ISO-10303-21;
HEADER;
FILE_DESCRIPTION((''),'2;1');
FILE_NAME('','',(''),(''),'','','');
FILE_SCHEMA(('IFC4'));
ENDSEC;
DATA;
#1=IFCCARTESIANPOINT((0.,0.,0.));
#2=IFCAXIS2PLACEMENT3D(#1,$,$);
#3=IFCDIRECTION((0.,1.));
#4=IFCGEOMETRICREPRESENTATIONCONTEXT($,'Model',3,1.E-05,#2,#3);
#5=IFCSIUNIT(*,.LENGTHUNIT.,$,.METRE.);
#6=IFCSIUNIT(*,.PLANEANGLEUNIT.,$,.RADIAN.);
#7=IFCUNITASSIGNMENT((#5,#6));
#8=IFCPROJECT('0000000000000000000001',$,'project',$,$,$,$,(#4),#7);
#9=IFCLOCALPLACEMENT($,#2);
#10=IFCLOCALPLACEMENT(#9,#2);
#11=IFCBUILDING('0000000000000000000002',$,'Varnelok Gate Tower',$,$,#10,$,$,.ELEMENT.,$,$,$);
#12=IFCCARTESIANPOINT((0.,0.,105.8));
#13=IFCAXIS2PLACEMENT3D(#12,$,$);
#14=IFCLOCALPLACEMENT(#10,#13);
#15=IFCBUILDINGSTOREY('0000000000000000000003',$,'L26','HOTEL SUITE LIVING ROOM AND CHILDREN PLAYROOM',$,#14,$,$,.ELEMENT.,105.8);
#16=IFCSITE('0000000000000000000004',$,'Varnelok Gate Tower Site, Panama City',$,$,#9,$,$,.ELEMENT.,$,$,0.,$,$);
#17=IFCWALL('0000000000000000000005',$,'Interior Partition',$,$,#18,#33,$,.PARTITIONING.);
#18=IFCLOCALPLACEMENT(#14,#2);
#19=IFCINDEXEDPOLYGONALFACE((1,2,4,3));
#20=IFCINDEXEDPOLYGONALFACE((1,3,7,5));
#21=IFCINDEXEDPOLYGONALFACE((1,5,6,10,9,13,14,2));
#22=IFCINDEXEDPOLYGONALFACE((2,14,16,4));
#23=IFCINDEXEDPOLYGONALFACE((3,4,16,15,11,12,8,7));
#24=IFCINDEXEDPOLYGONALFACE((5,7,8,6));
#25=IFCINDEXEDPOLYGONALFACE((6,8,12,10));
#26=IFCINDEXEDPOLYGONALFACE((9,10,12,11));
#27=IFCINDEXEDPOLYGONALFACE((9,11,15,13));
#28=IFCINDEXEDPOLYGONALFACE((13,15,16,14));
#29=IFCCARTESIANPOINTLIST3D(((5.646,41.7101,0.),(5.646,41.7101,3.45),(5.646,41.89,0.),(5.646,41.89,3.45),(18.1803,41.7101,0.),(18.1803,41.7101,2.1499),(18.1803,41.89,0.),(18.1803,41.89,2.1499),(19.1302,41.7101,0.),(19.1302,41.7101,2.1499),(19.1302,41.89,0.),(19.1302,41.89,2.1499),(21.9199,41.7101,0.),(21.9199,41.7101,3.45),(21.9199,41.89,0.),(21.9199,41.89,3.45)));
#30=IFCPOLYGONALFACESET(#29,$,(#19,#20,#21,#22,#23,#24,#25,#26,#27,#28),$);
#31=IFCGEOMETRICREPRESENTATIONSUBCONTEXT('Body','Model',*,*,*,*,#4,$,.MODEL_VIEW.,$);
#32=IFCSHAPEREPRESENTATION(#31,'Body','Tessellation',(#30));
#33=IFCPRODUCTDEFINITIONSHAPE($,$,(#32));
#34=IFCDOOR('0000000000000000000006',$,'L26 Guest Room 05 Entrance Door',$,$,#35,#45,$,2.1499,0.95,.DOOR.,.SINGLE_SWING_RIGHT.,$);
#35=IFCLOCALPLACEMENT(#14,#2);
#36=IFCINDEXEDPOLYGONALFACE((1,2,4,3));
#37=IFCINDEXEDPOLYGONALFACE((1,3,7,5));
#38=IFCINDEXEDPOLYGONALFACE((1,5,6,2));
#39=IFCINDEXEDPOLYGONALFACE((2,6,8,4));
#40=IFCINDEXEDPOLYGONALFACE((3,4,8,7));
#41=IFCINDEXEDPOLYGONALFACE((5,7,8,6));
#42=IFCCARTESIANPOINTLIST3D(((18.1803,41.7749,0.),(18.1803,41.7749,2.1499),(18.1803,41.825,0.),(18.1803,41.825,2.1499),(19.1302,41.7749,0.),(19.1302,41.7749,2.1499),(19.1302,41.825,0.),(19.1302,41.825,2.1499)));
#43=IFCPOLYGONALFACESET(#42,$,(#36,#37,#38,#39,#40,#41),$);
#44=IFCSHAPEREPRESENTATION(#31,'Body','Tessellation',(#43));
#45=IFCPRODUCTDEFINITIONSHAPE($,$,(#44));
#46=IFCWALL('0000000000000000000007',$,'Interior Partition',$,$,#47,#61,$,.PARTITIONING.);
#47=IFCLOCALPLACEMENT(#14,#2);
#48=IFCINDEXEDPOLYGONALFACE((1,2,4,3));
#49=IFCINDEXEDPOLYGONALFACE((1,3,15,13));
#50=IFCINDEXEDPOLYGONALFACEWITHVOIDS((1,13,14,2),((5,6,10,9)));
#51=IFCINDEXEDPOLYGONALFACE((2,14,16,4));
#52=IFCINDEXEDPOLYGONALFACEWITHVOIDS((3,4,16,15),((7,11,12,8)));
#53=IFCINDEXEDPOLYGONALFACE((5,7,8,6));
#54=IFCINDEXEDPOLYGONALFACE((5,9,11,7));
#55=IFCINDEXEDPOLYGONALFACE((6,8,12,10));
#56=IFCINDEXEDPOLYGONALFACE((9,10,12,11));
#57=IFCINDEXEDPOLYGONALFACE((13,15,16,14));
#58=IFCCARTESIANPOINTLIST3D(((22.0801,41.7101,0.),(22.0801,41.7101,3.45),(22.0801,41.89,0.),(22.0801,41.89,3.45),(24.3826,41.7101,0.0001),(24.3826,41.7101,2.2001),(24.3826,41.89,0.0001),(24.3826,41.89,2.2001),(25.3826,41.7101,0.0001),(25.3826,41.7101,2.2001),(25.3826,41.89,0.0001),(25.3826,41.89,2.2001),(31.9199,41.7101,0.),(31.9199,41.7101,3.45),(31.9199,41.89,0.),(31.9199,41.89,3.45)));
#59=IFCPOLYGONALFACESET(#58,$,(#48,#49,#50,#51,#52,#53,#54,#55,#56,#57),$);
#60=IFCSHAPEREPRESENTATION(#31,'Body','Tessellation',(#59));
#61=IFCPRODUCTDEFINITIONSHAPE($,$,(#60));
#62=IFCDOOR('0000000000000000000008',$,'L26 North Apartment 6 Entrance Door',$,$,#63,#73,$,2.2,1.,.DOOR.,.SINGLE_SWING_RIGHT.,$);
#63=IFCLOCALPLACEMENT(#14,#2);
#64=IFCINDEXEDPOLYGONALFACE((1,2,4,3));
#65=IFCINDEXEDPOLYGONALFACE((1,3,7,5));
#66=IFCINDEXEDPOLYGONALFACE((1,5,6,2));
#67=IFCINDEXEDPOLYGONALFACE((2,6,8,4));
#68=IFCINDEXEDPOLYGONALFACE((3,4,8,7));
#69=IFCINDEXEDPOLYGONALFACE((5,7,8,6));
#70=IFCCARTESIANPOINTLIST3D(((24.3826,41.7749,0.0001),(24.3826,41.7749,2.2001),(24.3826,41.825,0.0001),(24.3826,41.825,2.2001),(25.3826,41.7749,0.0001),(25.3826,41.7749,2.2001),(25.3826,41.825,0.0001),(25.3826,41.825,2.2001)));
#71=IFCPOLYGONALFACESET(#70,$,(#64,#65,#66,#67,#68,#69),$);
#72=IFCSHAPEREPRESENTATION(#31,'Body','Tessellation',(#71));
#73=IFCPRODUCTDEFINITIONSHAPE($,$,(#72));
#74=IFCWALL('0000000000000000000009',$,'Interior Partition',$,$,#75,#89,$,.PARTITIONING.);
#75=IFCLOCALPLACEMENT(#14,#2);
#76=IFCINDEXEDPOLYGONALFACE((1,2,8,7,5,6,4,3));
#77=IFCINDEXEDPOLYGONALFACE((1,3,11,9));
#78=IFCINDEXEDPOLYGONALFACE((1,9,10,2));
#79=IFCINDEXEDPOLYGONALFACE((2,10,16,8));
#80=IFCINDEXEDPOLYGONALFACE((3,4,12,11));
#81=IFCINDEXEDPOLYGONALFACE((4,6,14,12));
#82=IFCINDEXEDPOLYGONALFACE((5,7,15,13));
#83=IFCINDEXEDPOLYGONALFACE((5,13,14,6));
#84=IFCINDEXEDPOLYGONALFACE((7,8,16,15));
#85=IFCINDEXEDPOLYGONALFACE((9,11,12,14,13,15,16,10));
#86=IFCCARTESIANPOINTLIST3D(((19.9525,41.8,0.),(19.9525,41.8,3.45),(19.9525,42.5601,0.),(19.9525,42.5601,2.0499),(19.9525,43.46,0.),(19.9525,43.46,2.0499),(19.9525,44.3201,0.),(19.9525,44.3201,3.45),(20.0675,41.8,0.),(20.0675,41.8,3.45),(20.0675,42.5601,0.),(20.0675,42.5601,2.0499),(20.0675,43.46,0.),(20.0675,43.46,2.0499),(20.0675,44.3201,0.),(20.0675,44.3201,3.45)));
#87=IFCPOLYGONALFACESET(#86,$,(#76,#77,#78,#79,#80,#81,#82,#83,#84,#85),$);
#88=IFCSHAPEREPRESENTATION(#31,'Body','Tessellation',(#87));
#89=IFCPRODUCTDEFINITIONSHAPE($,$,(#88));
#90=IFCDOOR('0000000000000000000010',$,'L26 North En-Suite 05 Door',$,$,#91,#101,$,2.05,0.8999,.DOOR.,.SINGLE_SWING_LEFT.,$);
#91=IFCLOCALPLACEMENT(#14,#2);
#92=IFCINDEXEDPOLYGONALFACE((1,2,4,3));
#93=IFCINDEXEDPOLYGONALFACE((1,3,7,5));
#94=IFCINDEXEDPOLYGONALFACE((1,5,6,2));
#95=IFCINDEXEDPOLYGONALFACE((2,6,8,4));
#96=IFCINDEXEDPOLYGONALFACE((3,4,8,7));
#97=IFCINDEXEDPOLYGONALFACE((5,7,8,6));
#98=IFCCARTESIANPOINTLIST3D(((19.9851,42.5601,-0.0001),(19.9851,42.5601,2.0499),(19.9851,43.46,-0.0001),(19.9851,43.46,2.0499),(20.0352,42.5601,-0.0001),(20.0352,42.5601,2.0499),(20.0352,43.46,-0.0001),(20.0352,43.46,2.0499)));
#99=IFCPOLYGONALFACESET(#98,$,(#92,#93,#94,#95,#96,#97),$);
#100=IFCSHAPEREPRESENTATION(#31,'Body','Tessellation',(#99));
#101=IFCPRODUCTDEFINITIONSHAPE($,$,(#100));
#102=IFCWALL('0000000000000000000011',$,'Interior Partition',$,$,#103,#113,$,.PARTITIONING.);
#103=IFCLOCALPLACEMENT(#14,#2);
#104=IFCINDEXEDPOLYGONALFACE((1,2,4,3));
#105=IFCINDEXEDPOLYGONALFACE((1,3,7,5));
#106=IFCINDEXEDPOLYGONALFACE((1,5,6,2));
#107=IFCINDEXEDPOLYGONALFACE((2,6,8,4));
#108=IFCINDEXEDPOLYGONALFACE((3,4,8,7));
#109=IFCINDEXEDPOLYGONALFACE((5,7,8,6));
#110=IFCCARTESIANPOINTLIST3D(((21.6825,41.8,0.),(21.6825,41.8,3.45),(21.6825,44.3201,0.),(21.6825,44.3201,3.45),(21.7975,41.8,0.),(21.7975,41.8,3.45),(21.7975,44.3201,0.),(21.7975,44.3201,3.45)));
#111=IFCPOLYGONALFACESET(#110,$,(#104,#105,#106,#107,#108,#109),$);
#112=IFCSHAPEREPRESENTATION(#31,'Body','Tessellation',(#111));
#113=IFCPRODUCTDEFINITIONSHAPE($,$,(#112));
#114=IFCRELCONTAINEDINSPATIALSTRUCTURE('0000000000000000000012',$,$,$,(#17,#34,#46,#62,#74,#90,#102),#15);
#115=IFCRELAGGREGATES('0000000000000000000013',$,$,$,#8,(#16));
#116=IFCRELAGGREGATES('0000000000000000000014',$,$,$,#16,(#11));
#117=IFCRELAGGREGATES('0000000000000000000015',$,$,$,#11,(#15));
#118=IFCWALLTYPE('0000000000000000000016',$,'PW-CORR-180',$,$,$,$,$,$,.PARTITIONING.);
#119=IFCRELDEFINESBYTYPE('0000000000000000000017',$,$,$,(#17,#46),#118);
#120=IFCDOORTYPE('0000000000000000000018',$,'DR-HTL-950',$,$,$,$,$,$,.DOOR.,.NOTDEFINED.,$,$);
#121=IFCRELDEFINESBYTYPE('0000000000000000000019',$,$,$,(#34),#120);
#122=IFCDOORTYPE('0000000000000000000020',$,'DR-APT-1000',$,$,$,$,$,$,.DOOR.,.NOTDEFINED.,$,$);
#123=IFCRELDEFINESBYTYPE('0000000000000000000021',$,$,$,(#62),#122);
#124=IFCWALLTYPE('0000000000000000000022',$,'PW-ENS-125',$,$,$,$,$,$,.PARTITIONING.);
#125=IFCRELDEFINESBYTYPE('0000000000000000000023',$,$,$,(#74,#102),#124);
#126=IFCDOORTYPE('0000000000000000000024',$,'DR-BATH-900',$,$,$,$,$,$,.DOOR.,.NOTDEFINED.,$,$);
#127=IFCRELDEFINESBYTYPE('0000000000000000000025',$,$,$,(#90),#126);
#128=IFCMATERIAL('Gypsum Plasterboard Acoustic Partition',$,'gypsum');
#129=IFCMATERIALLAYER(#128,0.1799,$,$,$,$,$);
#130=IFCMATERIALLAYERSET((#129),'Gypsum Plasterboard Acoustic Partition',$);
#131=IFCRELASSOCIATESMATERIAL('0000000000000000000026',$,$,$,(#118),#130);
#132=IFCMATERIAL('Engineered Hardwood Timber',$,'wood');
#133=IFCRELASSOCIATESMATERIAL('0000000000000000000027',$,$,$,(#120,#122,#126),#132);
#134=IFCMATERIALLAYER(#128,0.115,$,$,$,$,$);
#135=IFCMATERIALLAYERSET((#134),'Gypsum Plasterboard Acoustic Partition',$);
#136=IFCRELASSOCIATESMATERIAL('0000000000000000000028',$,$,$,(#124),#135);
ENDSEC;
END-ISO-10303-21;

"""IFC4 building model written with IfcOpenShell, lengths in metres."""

from ifc_helpers import new_model, si_unit, direction, frame, frame_2d, origin, place, context, subcontext, project, spatial, rectangle, extrude, material, layer, layer_set, type_object, element, fill, save


model = new_model("IFC4")

# Units and contexts
model_context = context("Model", 3, precision=1e-05, world=origin(), true_north=direction((0.0, 1.0)))
body_context = subcontext(model_context, "Body", "Model", "MODEL_VIEW")
ifc_project = project(units=[si_unit("LENGTHUNIT", "METRE"), si_unit("PLANEANGLEUNIT", "RADIAN")], contexts=[model_context])

# Site, building, storey
site_placement = place(None, origin())
site = spatial("IfcSite", under=ifc_project, at=site_placement, Name="Varnelok Gate Tower Site, Panama City", CompositionType="ELEMENT", RefElevation=0.0)
building_placement = place(site_placement, origin())
building = spatial("IfcBuilding", under=site, at=building_placement, Name="Varnelok Gate Tower", CompositionType="ELEMENT")
storey_placement = place(building_placement, frame((0.0, 0.0, 105.8)))
storey = spatial("IfcBuildingStorey", under=building, at=storey_placement, Name="L26", Description="HOTEL SUITE LIVING ROOM AND CHILDREN PLAYROOM", CompositionType="ELEMENT", Elevation=105.8)

# Walls, openings, doors
ifc_material_1 = material(Name="Gypsum Plasterboard Acoustic Partition", Category="gypsum")
ifc_layer_1 = layer(ifc_material_1, 0.1799)
ifc_layer_set_1 = layer_set([ifc_layer_1], Name="Gypsum Plasterboard Acoustic Partition")
wall_type_1 = type_object("IfcWallType", Name="PW-CORR-180", PredefinedType="PARTITIONING", material=ifc_layer_set_1)
wall_1_placement = place(storey_placement, frame((5.646, 41.8, 0.0), z_axis=(0.0, 0.0, 1.0), x_axis=(1.0, 0.0, 0.0)))
wall_1 = element("IfcWall", 1, at=wall_1_placement, inside=storey, type_object=wall_type_1, Name="Interior Partition", PredefinedType="PARTITIONING", context=body_context, shape_type="SweptSolid", body=[
    extrude(rectangle(XDim=16.2739, YDim=0.1799, at=frame_2d((8.137, 0.0))), origin(), (0.0, 0.0, 1.0), 3.45),
])
opening_1_placement = place(wall_1_placement, frame((12.5342, 0.0, 0.0)))
opening_1 = element("IfcOpeningElement", 2, at=opening_1_placement, cuts=wall_1, PredefinedType="OPENING", context=body_context, shape_type="SweptSolid", body=[
    extrude(rectangle(XDim=0.95, YDim=2.1499, at=frame_2d((0.4751, 1.075))), frame((0.0, 0.0999, 0.0), z_axis=(0.0, -1.0, 0.0), x_axis=(1.0, 0.0, 0.0)), (0.0, 0.0, 1.0), 0.2),
])
ifc_material_2 = material(Name="Engineered Hardwood Timber", Category="wood")
door_type_1 = type_object("IfcDoorType", Name="DR-HTL-950", OperationType="NOTDEFINED", PredefinedType="DOOR", material=ifc_material_2)
door_1_placement = place(opening_1_placement, origin())
door_1 = element("IfcDoor", 3, at=door_1_placement, inside=storey, type_object=door_type_1, Name="L26 Guest Room 05 Entrance Door", OperationType="SINGLE_SWING_RIGHT", OverallHeight=2.1499, OverallWidth=0.95, PredefinedType="DOOR", context=body_context, shape_type="SweptSolid", body=[
    extrude(rectangle(XDim=0.95, YDim=2.1499, at=frame_2d((0.4751, 1.075))), frame((0.0, 0.0249, 0.0), z_axis=(0.0, -1.0, 0.0), x_axis=(1.0, 0.0, 0.0)), (0.0, 0.0, 1.0), 0.05),
])
fill(opening_1, door_1)
wall_2_placement = place(storey_placement, frame((22.0801, 41.8, 0.0), z_axis=(0.0, 0.0, 1.0), x_axis=(1.0, 0.0, 0.0)))
wall_2 = element("IfcWall", 4, at=wall_2_placement, inside=storey, type_object=wall_type_1, Name="Interior Partition", PredefinedType="PARTITIONING", context=body_context, shape_type="SweptSolid", body=[
    extrude(rectangle(XDim=9.8398, YDim=0.1799, at=frame_2d((4.9199, 0.0))), origin(), (0.0, 0.0, 1.0), 3.45),
])
opening_2_placement = place(wall_2_placement, frame((2.3025, 0.0, 0.0)))
opening_2 = element("IfcOpeningElement", 5, at=opening_2_placement, cuts=wall_2, PredefinedType="OPENING", context=body_context, shape_type="SweptSolid", body=[
    extrude(rectangle(XDim=1.0, YDim=2.2, at=frame_2d((0.5, 1.1001))), frame((0.0, 0.0999, 0.0), z_axis=(0.0, -1.0, 0.0), x_axis=(1.0, 0.0, 0.0)), (0.0, 0.0, 1.0), 0.2),
])
door_type_2 = type_object("IfcDoorType", Name="DR-APT-1000", OperationType="NOTDEFINED", PredefinedType="DOOR", material=ifc_material_2)
door_2_placement = place(opening_2_placement, origin())
door_2 = element("IfcDoor", 6, at=door_2_placement, inside=storey, type_object=door_type_2, Name="L26 North Apartment 6 Entrance Door", OperationType="SINGLE_SWING_RIGHT", OverallHeight=2.2, OverallWidth=1.0, PredefinedType="DOOR", context=body_context, shape_type="SweptSolid", body=[
    extrude(rectangle(XDim=1.0, YDim=2.2, at=frame_2d((0.5, 1.1001))), frame((0.0, 0.0249, 0.0), z_axis=(0.0, -1.0, 0.0), x_axis=(1.0, 0.0, 0.0)), (0.0, 0.0, 1.0), 0.05),
])
fill(opening_2, door_2)
ifc_layer_2 = layer(ifc_material_1, 0.115)
ifc_layer_set_2 = layer_set([ifc_layer_2], Name="Gypsum Plasterboard Acoustic Partition")
wall_type_2 = type_object("IfcWallType", Name="PW-ENS-125", PredefinedType="PARTITIONING", material=ifc_layer_set_2)
wall_3_placement = place(storey_placement, frame((20.01, 41.8, 0.0), z_axis=(0.0, 0.0, 1.0), x_axis=(0.0, 1.0, 0.0)))
wall_3 = element("IfcWall", 7, at=wall_3_placement, inside=storey, type_object=wall_type_2, Name="Interior Partition", PredefinedType="PARTITIONING", context=body_context, shape_type="SweptSolid", body=[
    extrude(rectangle(XDim=2.52, YDim=0.115, at=frame_2d((1.26, 0.0))), origin(), (0.0, 0.0, 1.0), 3.45),
])
opening_3_placement = place(wall_3_placement, frame((0.76, 0.0, 0.0)))
opening_3 = element("IfcOpeningElement", 8, at=opening_3_placement, cuts=wall_3, PredefinedType="OPENING", context=body_context, shape_type="SweptSolid", body=[
    extrude(rectangle(XDim=0.8999, YDim=2.05, at=frame_2d((0.45, 1.0249))), frame((0.0, 0.0674, 0.0), z_axis=(0.0, -1.0, 0.0), x_axis=(1.0, 0.0, 0.0)), (0.0, 0.0, 1.0), 0.135),
])
door_type_3 = type_object("IfcDoorType", Name="DR-BATH-900", OperationType="NOTDEFINED", PredefinedType="DOOR", material=ifc_material_2)
door_3_placement = place(opening_3_placement, origin())
door_3 = element("IfcDoor", 9, at=door_3_placement, inside=storey, type_object=door_type_3, Name="L26 North En-Suite 05 Door", OperationType="SINGLE_SWING_LEFT", OverallHeight=2.05, OverallWidth=0.8999, PredefinedType="DOOR", context=body_context, shape_type="SweptSolid", body=[
    extrude(rectangle(XDim=0.8999, YDim=2.05, at=frame_2d((0.45, 1.0249))), frame((0.0, 0.0249, 0.0), z_axis=(0.0, -1.0, 0.0), x_axis=(1.0, 0.0, 0.0)), (0.0, 0.0, 1.0), 0.05),
])
fill(opening_3, door_3)

# Wall
wall_4_placement = place(storey_placement, frame((21.74, 41.8, 0.0), z_axis=(0.0, 0.0, 1.0), x_axis=(0.0, 1.0, 0.0)))
element("IfcWall", 10, at=wall_4_placement, inside=storey, type_object=wall_type_2, Name="Interior Partition", PredefinedType="PARTITIONING", context=body_context, shape_type="SweptSolid", body=[
    extrude(rectangle(XDim=2.52, YDim=0.115, at=frame_2d((1.26, 0.0))), origin(), (0.0, 0.0, 1.0), 3.45),
])

save(model, "model.ifc")
